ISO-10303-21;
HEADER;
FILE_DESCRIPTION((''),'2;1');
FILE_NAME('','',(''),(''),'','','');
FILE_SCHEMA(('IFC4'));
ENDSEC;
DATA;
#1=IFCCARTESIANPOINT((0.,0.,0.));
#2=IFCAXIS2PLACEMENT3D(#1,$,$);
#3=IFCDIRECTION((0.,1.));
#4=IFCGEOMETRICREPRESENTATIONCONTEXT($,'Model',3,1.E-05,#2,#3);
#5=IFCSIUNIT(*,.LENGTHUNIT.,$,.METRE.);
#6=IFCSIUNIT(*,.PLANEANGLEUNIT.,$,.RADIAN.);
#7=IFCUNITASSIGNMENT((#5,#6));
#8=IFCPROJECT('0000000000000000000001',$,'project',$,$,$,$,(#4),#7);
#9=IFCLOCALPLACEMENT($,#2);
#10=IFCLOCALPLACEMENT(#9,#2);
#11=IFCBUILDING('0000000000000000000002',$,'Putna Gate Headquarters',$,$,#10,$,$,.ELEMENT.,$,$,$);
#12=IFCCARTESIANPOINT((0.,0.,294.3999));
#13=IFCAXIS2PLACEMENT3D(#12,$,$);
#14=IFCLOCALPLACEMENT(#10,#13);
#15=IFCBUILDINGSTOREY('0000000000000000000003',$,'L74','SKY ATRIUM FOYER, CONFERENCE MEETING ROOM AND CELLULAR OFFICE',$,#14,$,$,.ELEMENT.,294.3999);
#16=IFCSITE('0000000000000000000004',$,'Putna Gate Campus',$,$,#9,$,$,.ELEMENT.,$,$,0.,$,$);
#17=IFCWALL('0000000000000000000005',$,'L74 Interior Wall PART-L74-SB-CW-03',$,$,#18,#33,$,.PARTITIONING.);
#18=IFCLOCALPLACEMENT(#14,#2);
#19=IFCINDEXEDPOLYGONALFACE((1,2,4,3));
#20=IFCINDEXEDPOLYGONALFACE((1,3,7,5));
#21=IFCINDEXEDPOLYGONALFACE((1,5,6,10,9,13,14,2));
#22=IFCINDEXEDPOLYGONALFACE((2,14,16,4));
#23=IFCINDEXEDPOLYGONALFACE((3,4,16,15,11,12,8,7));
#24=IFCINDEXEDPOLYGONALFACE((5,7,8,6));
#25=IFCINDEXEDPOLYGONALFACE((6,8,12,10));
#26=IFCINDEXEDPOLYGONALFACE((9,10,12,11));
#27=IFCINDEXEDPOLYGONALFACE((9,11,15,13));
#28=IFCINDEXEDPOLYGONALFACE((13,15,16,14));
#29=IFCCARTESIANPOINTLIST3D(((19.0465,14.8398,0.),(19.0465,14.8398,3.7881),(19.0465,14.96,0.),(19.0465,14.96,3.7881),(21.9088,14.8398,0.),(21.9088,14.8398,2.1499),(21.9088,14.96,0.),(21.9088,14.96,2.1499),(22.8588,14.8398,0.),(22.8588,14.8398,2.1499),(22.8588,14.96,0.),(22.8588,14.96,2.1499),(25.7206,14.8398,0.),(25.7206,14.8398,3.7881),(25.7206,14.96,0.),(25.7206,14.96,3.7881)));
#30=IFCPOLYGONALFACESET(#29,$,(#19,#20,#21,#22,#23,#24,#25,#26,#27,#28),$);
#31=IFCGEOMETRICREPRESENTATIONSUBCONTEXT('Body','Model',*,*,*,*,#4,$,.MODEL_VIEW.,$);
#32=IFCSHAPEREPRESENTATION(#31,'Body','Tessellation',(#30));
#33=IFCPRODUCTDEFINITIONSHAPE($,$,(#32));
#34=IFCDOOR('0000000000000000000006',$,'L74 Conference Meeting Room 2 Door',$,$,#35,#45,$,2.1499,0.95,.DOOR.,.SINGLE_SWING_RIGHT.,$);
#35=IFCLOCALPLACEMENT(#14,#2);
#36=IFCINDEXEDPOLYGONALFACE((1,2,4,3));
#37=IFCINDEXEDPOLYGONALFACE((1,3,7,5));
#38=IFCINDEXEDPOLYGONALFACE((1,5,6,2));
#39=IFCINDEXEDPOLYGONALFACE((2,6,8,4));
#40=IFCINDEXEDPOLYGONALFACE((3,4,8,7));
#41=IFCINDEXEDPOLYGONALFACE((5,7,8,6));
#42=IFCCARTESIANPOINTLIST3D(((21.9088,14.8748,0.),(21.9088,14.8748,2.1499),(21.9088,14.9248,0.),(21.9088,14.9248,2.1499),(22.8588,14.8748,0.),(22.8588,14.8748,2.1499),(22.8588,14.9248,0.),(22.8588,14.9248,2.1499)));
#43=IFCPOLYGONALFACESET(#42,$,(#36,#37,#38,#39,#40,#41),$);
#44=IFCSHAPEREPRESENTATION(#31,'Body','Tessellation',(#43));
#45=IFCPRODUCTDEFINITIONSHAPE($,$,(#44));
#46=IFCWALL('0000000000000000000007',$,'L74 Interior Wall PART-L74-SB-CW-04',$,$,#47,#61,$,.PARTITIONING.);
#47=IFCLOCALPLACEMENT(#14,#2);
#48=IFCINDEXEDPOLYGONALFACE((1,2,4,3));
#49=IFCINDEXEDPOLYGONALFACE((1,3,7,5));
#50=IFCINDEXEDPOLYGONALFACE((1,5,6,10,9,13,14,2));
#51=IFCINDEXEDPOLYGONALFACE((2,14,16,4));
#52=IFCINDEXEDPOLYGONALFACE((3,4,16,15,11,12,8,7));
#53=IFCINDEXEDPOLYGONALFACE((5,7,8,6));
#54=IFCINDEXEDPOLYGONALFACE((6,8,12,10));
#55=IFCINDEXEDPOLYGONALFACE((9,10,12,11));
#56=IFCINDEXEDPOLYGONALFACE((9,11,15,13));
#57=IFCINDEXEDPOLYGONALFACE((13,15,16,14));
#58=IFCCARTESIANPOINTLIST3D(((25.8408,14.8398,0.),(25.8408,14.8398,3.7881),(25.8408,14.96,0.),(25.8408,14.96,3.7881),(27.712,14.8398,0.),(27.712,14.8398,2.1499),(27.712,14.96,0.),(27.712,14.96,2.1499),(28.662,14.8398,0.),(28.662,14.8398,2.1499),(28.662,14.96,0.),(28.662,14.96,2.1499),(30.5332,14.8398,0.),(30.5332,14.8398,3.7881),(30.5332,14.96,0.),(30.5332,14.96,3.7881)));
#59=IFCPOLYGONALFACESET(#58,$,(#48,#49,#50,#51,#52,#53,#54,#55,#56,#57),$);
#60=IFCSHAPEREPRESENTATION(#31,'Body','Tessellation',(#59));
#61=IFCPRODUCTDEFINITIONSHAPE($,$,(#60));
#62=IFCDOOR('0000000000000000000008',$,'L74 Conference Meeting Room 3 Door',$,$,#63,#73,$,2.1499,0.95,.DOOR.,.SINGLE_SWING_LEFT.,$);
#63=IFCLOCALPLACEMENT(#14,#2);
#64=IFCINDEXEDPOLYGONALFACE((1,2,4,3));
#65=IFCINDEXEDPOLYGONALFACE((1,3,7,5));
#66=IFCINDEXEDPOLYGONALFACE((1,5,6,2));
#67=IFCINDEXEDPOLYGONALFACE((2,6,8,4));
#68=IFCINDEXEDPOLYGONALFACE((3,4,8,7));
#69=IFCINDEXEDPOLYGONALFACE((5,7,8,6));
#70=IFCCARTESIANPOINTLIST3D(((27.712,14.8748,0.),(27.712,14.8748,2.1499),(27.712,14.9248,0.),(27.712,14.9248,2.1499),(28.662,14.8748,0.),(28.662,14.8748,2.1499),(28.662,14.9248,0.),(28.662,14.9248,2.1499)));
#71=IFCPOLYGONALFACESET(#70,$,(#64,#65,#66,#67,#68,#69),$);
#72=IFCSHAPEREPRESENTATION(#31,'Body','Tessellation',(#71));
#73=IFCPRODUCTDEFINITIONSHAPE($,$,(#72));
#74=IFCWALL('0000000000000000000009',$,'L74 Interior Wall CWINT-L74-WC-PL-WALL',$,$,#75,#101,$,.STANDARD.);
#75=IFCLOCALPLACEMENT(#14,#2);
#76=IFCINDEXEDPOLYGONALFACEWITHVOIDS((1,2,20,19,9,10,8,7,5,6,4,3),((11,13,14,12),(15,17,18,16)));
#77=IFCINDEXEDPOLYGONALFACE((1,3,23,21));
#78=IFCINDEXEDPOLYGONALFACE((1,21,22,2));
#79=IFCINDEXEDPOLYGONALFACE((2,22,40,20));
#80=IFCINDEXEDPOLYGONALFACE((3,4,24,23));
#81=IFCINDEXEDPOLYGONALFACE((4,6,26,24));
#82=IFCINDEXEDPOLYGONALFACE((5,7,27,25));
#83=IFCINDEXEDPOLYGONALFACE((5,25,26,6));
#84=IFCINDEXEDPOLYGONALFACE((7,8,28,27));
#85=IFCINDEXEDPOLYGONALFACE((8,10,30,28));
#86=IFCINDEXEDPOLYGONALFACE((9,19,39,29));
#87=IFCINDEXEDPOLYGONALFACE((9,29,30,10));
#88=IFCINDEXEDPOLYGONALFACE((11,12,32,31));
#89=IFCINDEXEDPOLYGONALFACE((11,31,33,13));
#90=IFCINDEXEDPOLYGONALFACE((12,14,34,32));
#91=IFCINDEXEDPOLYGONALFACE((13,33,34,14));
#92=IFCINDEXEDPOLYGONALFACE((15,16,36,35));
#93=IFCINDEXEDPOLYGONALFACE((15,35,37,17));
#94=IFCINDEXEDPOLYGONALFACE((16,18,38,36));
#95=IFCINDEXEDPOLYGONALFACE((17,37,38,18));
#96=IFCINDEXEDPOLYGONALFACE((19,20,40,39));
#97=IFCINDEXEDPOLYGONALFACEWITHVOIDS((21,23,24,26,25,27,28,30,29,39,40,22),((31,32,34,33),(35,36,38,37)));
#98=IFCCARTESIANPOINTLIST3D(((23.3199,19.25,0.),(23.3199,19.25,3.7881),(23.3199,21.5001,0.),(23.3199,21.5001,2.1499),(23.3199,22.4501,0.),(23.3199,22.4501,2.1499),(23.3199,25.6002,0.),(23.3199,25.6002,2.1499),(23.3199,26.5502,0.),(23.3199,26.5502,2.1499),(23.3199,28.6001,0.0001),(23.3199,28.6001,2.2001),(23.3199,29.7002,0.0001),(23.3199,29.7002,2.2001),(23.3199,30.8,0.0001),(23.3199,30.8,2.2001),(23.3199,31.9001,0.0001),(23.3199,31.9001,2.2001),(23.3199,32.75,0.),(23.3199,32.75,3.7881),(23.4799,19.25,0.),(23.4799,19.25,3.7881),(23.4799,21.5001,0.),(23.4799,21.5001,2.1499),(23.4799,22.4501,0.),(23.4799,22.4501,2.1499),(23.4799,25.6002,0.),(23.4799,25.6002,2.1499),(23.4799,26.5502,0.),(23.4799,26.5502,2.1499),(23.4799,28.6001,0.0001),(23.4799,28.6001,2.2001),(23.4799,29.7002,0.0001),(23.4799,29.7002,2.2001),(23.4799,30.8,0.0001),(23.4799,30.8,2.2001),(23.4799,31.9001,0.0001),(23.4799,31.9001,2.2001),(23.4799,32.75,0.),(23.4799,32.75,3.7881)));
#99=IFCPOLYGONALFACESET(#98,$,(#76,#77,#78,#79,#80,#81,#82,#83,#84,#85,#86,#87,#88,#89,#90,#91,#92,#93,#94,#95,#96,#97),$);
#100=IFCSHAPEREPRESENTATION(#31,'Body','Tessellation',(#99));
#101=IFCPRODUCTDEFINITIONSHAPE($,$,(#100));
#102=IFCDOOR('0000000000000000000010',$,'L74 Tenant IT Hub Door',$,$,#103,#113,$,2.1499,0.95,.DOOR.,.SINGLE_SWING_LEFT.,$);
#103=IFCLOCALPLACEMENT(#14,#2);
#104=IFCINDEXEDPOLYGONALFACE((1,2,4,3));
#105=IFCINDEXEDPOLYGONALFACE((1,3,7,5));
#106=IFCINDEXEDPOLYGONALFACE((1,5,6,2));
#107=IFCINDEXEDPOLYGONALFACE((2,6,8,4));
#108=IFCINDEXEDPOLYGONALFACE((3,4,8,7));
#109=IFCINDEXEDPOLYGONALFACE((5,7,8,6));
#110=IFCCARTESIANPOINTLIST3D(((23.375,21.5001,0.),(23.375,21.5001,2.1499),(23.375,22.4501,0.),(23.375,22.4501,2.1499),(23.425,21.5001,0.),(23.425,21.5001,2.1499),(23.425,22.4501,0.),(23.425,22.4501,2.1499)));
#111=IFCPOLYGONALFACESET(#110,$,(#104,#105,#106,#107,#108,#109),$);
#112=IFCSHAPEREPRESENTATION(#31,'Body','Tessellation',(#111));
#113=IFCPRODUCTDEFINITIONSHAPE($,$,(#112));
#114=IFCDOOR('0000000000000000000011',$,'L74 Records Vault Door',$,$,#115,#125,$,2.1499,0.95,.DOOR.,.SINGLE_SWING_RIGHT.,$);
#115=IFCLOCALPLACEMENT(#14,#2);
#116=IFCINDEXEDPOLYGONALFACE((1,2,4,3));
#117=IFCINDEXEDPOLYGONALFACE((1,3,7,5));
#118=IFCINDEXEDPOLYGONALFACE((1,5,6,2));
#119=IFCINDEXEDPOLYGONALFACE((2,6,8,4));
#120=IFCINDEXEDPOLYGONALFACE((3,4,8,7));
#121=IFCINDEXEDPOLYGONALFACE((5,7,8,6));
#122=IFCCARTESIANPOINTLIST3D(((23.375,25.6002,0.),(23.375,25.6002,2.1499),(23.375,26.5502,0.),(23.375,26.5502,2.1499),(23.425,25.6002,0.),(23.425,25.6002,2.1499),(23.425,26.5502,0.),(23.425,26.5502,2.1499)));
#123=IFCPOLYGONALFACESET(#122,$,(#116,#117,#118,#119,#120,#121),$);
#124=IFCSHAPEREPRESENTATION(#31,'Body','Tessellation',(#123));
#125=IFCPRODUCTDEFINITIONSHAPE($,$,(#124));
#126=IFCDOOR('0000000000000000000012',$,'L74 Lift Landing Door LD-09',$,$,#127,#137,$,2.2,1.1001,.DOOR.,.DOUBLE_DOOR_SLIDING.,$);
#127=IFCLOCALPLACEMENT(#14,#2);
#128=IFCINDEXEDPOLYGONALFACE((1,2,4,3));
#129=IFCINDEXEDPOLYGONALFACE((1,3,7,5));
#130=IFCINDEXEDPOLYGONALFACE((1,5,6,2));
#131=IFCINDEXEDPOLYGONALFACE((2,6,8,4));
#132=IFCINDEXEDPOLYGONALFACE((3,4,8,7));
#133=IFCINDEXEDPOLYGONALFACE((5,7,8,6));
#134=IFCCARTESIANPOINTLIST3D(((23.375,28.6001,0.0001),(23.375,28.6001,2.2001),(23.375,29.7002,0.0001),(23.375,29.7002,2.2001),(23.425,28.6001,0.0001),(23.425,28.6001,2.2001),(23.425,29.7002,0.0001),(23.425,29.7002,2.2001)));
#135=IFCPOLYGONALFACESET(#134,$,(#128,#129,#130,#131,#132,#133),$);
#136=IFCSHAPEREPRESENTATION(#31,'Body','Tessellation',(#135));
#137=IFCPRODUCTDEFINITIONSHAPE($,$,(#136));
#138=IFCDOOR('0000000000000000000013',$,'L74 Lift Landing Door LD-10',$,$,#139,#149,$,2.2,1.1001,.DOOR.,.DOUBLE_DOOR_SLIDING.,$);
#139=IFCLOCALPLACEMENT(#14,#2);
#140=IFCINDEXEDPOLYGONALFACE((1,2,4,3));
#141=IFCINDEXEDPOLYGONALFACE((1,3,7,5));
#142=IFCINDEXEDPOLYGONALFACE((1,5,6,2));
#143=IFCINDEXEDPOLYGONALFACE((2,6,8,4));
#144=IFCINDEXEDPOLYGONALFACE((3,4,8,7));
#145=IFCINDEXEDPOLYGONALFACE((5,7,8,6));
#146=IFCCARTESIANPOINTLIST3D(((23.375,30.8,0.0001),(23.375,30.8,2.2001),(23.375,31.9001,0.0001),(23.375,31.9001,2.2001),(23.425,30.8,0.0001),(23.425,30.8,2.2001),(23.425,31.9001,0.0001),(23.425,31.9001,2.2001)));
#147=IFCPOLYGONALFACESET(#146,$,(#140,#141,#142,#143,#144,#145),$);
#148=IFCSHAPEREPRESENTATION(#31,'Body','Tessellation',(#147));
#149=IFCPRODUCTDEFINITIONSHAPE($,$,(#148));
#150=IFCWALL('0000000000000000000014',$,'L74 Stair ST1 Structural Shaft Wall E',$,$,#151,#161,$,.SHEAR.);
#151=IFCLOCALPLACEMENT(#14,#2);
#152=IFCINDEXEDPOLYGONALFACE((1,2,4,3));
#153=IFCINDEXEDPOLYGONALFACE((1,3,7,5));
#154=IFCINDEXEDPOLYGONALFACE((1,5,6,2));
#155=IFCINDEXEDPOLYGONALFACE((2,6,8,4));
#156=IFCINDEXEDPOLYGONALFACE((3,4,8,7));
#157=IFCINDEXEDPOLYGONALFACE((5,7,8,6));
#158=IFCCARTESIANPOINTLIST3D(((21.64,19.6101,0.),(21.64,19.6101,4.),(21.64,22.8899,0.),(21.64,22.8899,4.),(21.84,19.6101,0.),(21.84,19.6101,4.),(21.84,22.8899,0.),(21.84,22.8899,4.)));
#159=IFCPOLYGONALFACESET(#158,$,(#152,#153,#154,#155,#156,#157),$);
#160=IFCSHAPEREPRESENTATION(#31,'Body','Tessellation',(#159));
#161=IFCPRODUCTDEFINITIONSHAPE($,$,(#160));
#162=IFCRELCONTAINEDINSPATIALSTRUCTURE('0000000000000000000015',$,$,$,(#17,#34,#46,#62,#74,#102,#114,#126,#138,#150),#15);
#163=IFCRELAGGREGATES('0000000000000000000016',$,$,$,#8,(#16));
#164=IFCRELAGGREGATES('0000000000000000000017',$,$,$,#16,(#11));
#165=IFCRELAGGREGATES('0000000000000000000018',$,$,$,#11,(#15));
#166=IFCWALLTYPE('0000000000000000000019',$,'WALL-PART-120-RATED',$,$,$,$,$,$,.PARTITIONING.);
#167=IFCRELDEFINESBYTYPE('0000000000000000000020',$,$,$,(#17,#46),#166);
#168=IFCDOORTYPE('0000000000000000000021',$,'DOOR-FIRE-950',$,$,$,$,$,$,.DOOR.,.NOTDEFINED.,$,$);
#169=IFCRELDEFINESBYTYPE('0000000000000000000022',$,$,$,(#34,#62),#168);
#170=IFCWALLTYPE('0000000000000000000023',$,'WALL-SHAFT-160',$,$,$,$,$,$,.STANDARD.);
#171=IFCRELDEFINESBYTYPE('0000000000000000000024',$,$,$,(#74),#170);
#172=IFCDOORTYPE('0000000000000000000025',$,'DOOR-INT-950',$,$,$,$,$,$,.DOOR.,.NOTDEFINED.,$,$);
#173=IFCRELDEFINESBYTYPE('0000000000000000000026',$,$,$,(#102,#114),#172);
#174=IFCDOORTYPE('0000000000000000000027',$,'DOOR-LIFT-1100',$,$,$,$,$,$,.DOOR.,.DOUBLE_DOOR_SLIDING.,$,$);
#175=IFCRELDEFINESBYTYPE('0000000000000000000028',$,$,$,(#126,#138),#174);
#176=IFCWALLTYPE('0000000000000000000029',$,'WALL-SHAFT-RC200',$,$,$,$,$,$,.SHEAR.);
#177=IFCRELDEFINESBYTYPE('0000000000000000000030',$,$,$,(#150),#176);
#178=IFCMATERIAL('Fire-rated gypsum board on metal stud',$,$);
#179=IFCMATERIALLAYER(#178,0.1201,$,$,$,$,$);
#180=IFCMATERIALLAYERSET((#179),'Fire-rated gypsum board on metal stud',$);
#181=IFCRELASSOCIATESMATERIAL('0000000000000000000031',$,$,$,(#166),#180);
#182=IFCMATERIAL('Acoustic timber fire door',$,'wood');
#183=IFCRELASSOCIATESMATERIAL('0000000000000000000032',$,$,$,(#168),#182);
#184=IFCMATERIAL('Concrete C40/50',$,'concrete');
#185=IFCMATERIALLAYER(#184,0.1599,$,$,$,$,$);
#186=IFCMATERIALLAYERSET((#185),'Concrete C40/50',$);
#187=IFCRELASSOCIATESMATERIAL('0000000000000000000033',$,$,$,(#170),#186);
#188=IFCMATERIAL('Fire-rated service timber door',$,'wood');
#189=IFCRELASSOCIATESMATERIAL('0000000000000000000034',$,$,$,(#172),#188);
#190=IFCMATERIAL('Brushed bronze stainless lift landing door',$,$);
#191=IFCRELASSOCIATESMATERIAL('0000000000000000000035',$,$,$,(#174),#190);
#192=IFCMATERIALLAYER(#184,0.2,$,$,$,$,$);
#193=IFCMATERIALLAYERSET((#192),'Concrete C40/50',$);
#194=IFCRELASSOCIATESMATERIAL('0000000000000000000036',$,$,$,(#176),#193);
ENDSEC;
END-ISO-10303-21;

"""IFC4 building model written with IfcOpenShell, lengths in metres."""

from ifc_helpers import new_model, si_unit, direction, frame, frame_2d, origin, place, context, subcontext, project, spatial, rectangle, extrude, material, layer, layer_set, type_object, element, fill, save


model = new_model("IFC4")

# Units and contexts
model_context = context("Model", 3, precision=1e-05, world=origin(), true_north=direction((0.0, 1.0)))
body_context = subcontext(model_context, "Body", "Model", "MODEL_VIEW")
ifc_project = project(units=[si_unit("LENGTHUNIT", "METRE"), si_unit("PLANEANGLEUNIT", "RADIAN")], contexts=[model_context])

# Site, building, storey
site_placement = place(None, origin())
site = spatial("IfcSite", under=ifc_project, at=site_placement, Name="Putna Gate Campus", CompositionType="ELEMENT", RefElevation=0.0)
building_placement = place(site_placement, origin())
building = spatial("IfcBuilding", under=site, at=building_placement, Name="Putna Gate Headquarters", CompositionType="ELEMENT")
storey_placement = place(building_placement, frame((0.0, 0.0, 294.3999)))
storey = spatial("IfcBuildingStorey", under=building, at=storey_placement, Name="L74", Description="SKY ATRIUM FOYER, CONFERENCE MEETING ROOM AND CELLULAR OFFICE", CompositionType="ELEMENT", Elevation=294.3999)

# Walls, openings, doors
ifc_material_1 = material(Name="Fire-rated gypsum board on metal stud")
ifc_layer_1 = layer(ifc_material_1, 0.1201)
ifc_layer_set_1 = layer_set([ifc_layer_1], Name="Fire-rated gypsum board on metal stud")
wall_type_1 = type_object("IfcWallType", Name="WALL-PART-120-RATED", PredefinedType="PARTITIONING", material=ifc_layer_set_1)
wall_1_placement = place(storey_placement, frame((19.0466, 14.8999, 0.0), z_axis=(0.0, 0.0, 1.0), x_axis=(1.0, 0.0, 0.0)))
wall_1 = element("IfcWall", 1, at=wall_1_placement, inside=storey, type_object=wall_type_1, Name="L74 Interior Wall PART-L74-SB-CW-03", PredefinedType="PARTITIONING", context=body_context, shape_type="SweptSolid", body=[
    extrude(rectangle(XDim=6.6741, YDim=0.1201, at=frame_2d((3.3369, 0.0))), origin(), (0.0, 0.0, 1.0), 3.7881),
])
opening_1_placement = place(wall_1_placement, frame((2.8621, 0.0, 0.0)))
opening_1 = element("IfcOpeningElement", 2, at=opening_1_placement, cuts=wall_1, PredefinedType="OPENING", context=body_context, shape_type="SweptSolid", body=[
    extrude(rectangle(XDim=0.95, YDim=2.1499, at=frame_2d((0.4751, 1.075))), frame((0.0, 0.0701, 0.0), z_axis=(0.0, -1.0, 0.0), x_axis=(1.0, 0.0, 0.0)), (0.0, 0.0, 1.0), 0.1401),
])
ifc_material_2 = material(Name="Acoustic timber fire door", Category="wood")
door_type_1 = type_object("IfcDoorType", Name="DOOR-FIRE-950", OperationType="NOTDEFINED", PredefinedType="DOOR", material=ifc_material_2)
door_1_placement = place(opening_1_placement, origin())
door_1 = element("IfcDoor", 3, at=door_1_placement, inside=storey, type_object=door_type_1, Name="L74 Conference Meeting Room 2 Door", OperationType="SINGLE_SWING_RIGHT", OverallHeight=2.1499, OverallWidth=0.95, PredefinedType="DOOR", context=body_context, shape_type="SweptSolid", body=[
    extrude(rectangle(XDim=0.95, YDim=2.1499, at=frame_2d((0.4751, 1.075))), frame((0.0, 0.0249, 0.0), z_axis=(0.0, -1.0, 0.0), x_axis=(1.0, 0.0, 0.0)), (0.0, 0.0, 1.0), 0.05),
])
fill(opening_1, door_1)
wall_2_placement = place(storey_placement, frame((25.8408, 14.8999, 0.0), z_axis=(0.0, 0.0, 1.0), x_axis=(1.0, 0.0, 0.0)))
wall_2 = element("IfcWall", 4, at=wall_2_placement, inside=storey, type_object=wall_type_1, Name="L74 Interior Wall PART-L74-SB-CW-04", PredefinedType="PARTITIONING", context=body_context, shape_type="SweptSolid", body=[
    extrude(rectangle(XDim=4.6924, YDim=0.1201, at=frame_2d((2.3462, 0.0))), origin(), (0.0, 0.0, 1.0), 3.7881),
])
opening_2_placement = place(wall_2_placement, frame((1.8711, 0.0, 0.0)))
opening_2 = element("IfcOpeningElement", 5, at=opening_2_placement, cuts=wall_2, PredefinedType="OPENING", context=body_context, shape_type="SweptSolid", body=[
    extrude(rectangle(XDim=0.95, YDim=2.1499, at=frame_2d((0.4751, 1.075))), frame((0.0, 0.0701, 0.0), z_axis=(0.0, -1.0, 0.0), x_axis=(1.0, 0.0, 0.0)), (0.0, 0.0, 1.0), 0.1401),
])
door_2_placement = place(opening_2_placement, origin())
door_2 = element("IfcDoor", 6, at=door_2_placement, inside=storey, type_object=door_type_1, Name="L74 Conference Meeting Room 3 Door", OperationType="SINGLE_SWING_LEFT", OverallHeight=2.1499, OverallWidth=0.95, PredefinedType="DOOR", context=body_context, shape_type="SweptSolid", body=[
    extrude(rectangle(XDim=0.95, YDim=2.1499, at=frame_2d((0.4751, 1.075))), frame((0.0, 0.0249, 0.0), z_axis=(0.0, -1.0, 0.0), x_axis=(1.0, 0.0, 0.0)), (0.0, 0.0, 1.0), 0.05),
])
fill(opening_2, door_2)

# Wall, openings, doors
ifc_material_3 = material(Name="Concrete C40/50", Category="concrete")
ifc_layer_2 = layer(ifc_material_3, 0.1599)
ifc_layer_set_2 = layer_set([ifc_layer_2], Name="Concrete C40/50")
wall_type_2 = type_object("IfcWallType", Name="WALL-SHAFT-160", PredefinedType="STANDARD", material=ifc_layer_set_2)
wall_3_placement = place(storey_placement, frame((23.3999, 19.25, 0.0), z_axis=(0.0, 0.0, 1.0), x_axis=(0.0, 1.0, 0.0)))
wall_3 = element("IfcWall", 7, at=wall_3_placement, inside=storey, type_object=wall_type_2, Name="L74 Interior Wall CWINT-L74-WC-PL-WALL", PredefinedType="STANDARD", context=body_context, shape_type="SweptSolid", body=[
    extrude(rectangle(XDim=13.5, YDim=0.1599, at=frame_2d((6.75, 0.0))), origin(), (0.0, 0.0, 1.0), 3.7881),
])
opening_3_placement = place(wall_3_placement, frame((2.25, 0.0, 0.0)))
opening_3 = element("IfcOpeningElement", 8, at=opening_3_placement, cuts=wall_3, PredefinedType="OPENING", context=body_context, shape_type="SweptSolid", body=[
    extrude(rectangle(XDim=0.95, YDim=2.1499, at=frame_2d((0.4751, 1.075))), frame((0.0, 0.0898, 0.0), z_axis=(0.0, -1.0, 0.0), x_axis=(1.0, 0.0, 0.0)), (0.0, 0.0, 1.0), 0.1799),
])
opening_4_placement = place(wall_3_placement, frame((6.3501, 0.0, 0.0)))
opening_4 = element("IfcOpeningElement", 9, at=opening_4_placement, cuts=wall_3, PredefinedType="OPENING", context=body_context, shape_type="SweptSolid", body=[
    extrude(rectangle(XDim=0.95, YDim=2.1499, at=frame_2d((0.4751, 1.075))), frame((0.0, 0.0898, 0.0), z_axis=(0.0, -1.0, 0.0), x_axis=(1.0, 0.0, 0.0)), (0.0, 0.0, 1.0), 0.1799),
])
opening_5_placement = place(wall_3_placement, frame((9.3501, 0.0, 0.0)))
opening_5 = element("IfcOpeningElement", 10, at=opening_5_placement, cuts=wall_3, PredefinedType="OPENING", context=body_context, shape_type="SweptSolid", body=[
    extrude(rectangle(XDim=1.1001, YDim=2.2, at=frame_2d((0.55, 1.1001))), frame((0.0, 0.0898, 0.0), z_axis=(0.0, -1.0, 0.0), x_axis=(1.0, 0.0, 0.0)), (0.0, 0.0, 1.0), 0.1799),
])
opening_6_placement = place(wall_3_placement, frame((11.55, 0.0, 0.0)))
opening_6 = element("IfcOpeningElement", 11, at=opening_6_placement, cuts=wall_3, PredefinedType="OPENING", context=body_context, shape_type="SweptSolid", body=[
    extrude(rectangle(XDim=1.1001, YDim=2.2, at=frame_2d((0.55, 1.1001))), frame((0.0, 0.0898, 0.0), z_axis=(0.0, -1.0, 0.0), x_axis=(1.0, 0.0, 0.0)), (0.0, 0.0, 1.0), 0.1799),
])
ifc_material_4 = material(Name="Fire-rated service timber door", Category="wood")
door_type_2 = type_object("IfcDoorType", Name="DOOR-INT-950", OperationType="NOTDEFINED", PredefinedType="DOOR", material=ifc_material_4)
door_3_placement = place(opening_3_placement, origin())
door_3 = element("IfcDoor", 12, at=door_3_placement, inside=storey, type_object=door_type_2, Name="L74 Tenant IT Hub Door", OperationType="SINGLE_SWING_LEFT", OverallHeight=2.1499, OverallWidth=0.95, PredefinedType="DOOR", context=body_context, shape_type="SweptSolid", body=[
    extrude(rectangle(XDim=0.95, YDim=2.1499, at=frame_2d((0.4751, 1.075))), frame((0.0, 0.0249, 0.0), z_axis=(0.0, -1.0, 0.0), x_axis=(1.0, 0.0, 0.0)), (0.0, 0.0, 1.0), 0.05),
])
fill(opening_3, door_3)
door_4_placement = place(opening_4_placement, origin())
door_4 = element("IfcDoor", 13, at=door_4_placement, inside=storey, type_object=door_type_2, Name="L74 Records Vault Door", OperationType="SINGLE_SWING_RIGHT", OverallHeight=2.1499, OverallWidth=0.95, PredefinedType="DOOR", context=body_context, shape_type="SweptSolid", body=[
    extrude(rectangle(XDim=0.95, YDim=2.1499, at=frame_2d((0.4751, 1.075))), frame((0.0, 0.0249, 0.0), z_axis=(0.0, -1.0, 0.0), x_axis=(1.0, 0.0, 0.0)), (0.0, 0.0, 1.0), 0.05),
])
fill(opening_4, door_4)
ifc_material_5 = material(Name="Brushed bronze stainless lift landing door")
door_type_3 = type_object("IfcDoorType", Name="DOOR-LIFT-1100", OperationType="DOUBLE_DOOR_SLIDING", PredefinedType="DOOR", material=ifc_material_5)
door_5_placement = place(opening_5_placement, origin())
door_5 = element("IfcDoor", 14, at=door_5_placement, inside=storey, type_object=door_type_3, Name="L74 Lift Landing Door LD-09", OperationType="DOUBLE_DOOR_SLIDING", OverallHeight=2.2, OverallWidth=1.1001, PredefinedType="DOOR", context=body_context, shape_type="SweptSolid", body=[
    extrude(rectangle(XDim=1.1001, YDim=2.2, at=frame_2d((0.55, 1.1001))), frame((0.0, 0.0249, 0.0), z_axis=(0.0, -1.0, 0.0), x_axis=(1.0, 0.0, 0.0)), (0.0, 0.0, 1.0), 0.05),
])
fill(opening_5, door_5)
door_6_placement = place(opening_6_placement, origin())
door_6 = element("IfcDoor", 15, at=door_6_placement, inside=storey, type_object=door_type_3, Name="L74 Lift Landing Door LD-10", OperationType="DOUBLE_DOOR_SLIDING", OverallHeight=2.2, OverallWidth=1.1001, PredefinedType="DOOR", context=body_context, shape_type="SweptSolid", body=[
    extrude(rectangle(XDim=1.1001, YDim=2.2, at=frame_2d((0.55, 1.1001))), frame((0.0, 0.0249, 0.0), z_axis=(0.0, -1.0, 0.0), x_axis=(1.0, 0.0, 0.0)), (0.0, 0.0, 1.0), 0.05),
])
fill(opening_6, door_6)

# Wall
ifc_layer_3 = layer(ifc_material_3, 0.2)
ifc_layer_set_3 = layer_set([ifc_layer_3], Name="Concrete C40/50")
wall_type_3 = type_object("IfcWallType", Name="WALL-SHAFT-RC200", PredefinedType="SHEAR", material=ifc_layer_set_3)
wall_4_placement = place(storey_placement, frame((21.74, 19.6101, 0.0), z_axis=(0.0, 0.0, 1.0), x_axis=(0.0, 1.0, 0.0)))
element("IfcWall", 16, at=wall_4_placement, inside=storey, type_object=wall_type_3, Name="L74 Stair ST1 Structural Shaft Wall E", PredefinedType="SHEAR", context=body_context, shape_type="SweptSolid", body=[
    extrude(rectangle(XDim=3.2798, YDim=0.2, at=frame_2d((1.6399, 0.0))), origin(), (0.0, 0.0, 1.0), 4.0),
])

save(model, "model.ifc")
